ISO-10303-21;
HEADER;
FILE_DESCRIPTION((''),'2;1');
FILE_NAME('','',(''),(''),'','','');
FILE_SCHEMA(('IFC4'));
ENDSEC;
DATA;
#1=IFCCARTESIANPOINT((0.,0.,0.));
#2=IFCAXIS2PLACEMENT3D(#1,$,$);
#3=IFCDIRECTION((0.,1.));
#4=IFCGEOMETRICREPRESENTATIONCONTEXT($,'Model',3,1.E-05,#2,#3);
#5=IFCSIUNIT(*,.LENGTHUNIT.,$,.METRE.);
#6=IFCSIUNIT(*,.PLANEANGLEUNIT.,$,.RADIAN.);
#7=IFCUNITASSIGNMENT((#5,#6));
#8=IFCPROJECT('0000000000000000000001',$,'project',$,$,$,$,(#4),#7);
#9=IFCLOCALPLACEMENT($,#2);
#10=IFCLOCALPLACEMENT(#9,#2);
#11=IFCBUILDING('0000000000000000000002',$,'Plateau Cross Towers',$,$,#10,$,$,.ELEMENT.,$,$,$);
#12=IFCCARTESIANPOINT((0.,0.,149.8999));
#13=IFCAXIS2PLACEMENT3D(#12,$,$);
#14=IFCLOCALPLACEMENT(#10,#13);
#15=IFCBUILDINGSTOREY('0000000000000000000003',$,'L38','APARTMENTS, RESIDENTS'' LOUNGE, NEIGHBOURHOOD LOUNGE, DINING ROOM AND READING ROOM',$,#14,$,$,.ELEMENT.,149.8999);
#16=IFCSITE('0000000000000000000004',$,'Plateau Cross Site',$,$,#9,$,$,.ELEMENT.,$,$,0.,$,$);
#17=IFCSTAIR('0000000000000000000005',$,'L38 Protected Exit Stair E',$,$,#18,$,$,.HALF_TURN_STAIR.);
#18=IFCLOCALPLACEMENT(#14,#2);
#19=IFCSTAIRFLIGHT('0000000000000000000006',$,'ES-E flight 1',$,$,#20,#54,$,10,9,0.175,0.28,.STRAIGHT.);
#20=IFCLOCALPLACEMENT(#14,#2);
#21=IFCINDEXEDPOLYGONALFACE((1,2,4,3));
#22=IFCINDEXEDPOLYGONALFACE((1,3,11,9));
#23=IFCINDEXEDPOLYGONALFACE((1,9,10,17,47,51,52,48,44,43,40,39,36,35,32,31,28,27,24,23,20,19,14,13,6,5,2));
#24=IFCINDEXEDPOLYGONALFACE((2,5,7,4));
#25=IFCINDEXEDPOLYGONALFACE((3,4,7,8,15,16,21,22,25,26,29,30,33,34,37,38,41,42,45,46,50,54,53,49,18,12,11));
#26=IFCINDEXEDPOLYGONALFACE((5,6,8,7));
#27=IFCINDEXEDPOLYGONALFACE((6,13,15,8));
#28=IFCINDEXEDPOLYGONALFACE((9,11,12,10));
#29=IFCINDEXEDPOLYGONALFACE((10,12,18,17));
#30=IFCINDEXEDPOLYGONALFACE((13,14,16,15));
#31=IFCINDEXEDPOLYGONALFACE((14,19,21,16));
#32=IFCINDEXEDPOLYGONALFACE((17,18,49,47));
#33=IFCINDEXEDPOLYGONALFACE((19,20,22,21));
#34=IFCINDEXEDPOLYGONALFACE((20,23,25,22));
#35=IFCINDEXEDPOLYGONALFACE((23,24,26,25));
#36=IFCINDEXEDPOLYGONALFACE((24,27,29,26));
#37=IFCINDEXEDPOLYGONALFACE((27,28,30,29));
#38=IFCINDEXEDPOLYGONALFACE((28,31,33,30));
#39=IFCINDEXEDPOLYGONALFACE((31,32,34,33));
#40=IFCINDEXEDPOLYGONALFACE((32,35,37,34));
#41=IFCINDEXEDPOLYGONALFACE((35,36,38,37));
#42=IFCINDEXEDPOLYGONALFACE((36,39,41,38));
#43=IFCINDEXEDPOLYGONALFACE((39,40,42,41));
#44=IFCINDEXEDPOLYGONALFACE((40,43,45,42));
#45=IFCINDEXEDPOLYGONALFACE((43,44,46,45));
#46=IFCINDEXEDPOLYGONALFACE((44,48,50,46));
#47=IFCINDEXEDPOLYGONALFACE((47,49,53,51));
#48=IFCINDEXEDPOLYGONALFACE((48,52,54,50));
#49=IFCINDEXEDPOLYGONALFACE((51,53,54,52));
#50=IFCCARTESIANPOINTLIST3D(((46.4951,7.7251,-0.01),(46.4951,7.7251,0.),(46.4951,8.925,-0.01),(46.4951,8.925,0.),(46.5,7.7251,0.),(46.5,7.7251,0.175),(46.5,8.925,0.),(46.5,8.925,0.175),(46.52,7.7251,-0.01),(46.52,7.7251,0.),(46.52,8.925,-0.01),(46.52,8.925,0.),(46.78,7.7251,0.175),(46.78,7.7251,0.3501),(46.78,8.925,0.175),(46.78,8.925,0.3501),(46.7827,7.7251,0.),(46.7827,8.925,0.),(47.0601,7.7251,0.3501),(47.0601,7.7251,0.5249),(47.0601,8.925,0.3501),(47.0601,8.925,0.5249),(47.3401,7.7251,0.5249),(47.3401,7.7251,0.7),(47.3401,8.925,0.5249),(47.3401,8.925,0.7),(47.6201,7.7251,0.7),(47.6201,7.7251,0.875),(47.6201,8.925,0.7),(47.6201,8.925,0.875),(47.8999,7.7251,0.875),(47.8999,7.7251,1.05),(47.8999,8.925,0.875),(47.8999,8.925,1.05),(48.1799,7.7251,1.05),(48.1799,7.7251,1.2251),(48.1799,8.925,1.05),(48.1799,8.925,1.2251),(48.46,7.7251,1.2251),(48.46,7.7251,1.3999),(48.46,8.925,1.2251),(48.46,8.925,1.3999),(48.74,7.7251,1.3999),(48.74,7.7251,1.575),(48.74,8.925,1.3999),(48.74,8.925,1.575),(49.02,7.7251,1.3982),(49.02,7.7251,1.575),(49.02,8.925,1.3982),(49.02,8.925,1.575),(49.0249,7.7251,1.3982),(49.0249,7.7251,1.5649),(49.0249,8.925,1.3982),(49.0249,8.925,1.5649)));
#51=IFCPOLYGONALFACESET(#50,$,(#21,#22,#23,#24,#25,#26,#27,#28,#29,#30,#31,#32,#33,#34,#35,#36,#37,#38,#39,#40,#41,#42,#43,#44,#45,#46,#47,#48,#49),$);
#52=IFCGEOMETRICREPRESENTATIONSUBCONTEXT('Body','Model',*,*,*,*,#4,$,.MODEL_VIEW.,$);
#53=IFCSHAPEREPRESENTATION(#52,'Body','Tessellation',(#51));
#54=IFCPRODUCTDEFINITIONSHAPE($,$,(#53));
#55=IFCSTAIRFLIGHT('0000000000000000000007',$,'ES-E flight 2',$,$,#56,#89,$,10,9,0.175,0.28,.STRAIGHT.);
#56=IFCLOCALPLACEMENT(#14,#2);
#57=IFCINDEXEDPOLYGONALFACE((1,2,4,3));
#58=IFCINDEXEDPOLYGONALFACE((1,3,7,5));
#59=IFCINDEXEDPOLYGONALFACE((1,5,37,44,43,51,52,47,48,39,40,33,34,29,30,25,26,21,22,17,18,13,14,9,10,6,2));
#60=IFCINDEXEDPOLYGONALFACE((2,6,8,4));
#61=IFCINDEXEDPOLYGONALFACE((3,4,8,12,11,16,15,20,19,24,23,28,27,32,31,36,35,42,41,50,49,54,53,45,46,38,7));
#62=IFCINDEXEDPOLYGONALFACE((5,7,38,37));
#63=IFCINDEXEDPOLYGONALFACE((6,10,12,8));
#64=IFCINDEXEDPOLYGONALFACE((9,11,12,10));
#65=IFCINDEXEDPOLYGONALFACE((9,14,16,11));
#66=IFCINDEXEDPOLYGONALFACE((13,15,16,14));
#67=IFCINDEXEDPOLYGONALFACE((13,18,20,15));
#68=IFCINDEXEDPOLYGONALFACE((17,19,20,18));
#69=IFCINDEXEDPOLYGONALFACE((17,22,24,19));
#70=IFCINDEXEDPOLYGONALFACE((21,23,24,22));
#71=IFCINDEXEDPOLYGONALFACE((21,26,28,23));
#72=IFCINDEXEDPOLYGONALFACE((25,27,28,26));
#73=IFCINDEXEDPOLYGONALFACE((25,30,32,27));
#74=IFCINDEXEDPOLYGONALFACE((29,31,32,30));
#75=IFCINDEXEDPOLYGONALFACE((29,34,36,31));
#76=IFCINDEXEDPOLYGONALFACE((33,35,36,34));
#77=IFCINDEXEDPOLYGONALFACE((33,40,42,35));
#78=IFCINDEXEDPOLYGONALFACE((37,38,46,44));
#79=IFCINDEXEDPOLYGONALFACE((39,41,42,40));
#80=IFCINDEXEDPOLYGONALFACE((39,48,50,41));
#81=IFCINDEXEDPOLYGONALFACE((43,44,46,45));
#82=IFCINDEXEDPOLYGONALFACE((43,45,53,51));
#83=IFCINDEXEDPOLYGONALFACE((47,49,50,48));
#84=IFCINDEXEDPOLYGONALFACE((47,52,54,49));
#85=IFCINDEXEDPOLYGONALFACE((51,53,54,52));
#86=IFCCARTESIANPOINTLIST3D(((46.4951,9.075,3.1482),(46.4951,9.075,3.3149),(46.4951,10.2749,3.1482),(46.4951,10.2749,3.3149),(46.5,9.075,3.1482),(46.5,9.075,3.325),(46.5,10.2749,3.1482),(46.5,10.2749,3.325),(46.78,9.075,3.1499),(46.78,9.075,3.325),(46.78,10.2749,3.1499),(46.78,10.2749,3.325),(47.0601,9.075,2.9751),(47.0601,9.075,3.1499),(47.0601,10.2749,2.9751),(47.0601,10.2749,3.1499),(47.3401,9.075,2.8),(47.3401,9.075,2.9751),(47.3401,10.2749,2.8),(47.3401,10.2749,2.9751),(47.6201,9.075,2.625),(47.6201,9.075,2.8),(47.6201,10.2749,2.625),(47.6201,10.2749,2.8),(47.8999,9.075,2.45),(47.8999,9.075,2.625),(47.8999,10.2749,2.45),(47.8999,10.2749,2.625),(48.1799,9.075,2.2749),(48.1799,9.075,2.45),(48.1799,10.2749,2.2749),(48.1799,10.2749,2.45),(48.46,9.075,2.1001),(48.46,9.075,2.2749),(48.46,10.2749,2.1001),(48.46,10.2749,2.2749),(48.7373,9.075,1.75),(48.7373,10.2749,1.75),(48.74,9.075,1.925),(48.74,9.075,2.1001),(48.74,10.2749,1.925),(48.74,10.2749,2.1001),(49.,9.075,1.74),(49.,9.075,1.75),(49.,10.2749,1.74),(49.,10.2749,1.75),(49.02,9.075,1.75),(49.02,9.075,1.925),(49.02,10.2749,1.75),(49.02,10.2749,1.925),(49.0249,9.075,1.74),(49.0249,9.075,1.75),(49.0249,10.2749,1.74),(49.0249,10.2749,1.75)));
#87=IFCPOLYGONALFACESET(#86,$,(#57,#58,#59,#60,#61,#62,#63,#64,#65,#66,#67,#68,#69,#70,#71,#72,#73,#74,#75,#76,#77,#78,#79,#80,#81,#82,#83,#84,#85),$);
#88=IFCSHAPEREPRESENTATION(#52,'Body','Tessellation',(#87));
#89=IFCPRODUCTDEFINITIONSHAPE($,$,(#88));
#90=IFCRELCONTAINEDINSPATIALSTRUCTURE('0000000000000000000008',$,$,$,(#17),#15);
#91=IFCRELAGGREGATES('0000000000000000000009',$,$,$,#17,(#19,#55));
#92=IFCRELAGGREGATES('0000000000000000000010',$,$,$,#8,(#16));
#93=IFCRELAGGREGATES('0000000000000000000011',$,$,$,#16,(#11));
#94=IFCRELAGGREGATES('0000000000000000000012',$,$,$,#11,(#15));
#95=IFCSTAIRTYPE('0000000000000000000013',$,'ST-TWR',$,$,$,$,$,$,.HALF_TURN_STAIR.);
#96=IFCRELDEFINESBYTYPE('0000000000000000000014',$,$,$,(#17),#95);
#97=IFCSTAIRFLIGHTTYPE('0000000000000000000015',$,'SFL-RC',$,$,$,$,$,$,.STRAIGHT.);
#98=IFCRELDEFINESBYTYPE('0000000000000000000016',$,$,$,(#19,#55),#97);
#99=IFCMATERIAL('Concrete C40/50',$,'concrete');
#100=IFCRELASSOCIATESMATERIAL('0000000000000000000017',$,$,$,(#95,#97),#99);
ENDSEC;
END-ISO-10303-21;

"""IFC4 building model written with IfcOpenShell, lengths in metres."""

from ifc_helpers import new_model, si_unit, direction, frame, origin, place, context, subcontext, project, spatial, polyline, outline, extrude, material, type_object, element, aggregate, save


model = new_model("IFC4")

# Units and contexts
model_context = context("Model", 3, precision=1e-05, world=origin(), true_north=direction((0.0, 1.0)))
body_context = subcontext(model_context, "Body", "Model", "MODEL_VIEW")
ifc_project = project(units=[si_unit("LENGTHUNIT", "METRE"), si_unit("PLANEANGLEUNIT", "RADIAN")], contexts=[model_context])

# Site, building, storey
site_placement = place(None, origin())
site = spatial("IfcSite", under=ifc_project, at=site_placement, Name="Plateau Cross Site", CompositionType="ELEMENT", RefElevation=0.0)
building_placement = place(site_placement, origin())
building = spatial("IfcBuilding", under=site, at=building_placement, Name="Plateau Cross Towers", CompositionType="ELEMENT")
storey_placement = place(building_placement, frame((0.0, 0.0, 149.8999)))
storey = spatial("IfcBuildingStorey", under=building, at=storey_placement, Name="L38", Description="APARTMENTS, RESIDENTS' LOUNGE, NEIGHBOURHOOD LOUNGE, DINING ROOM AND READING ROOM", CompositionType="ELEMENT", Elevation=149.8999)

# Stair, stair flights
ifc_material_1 = material(Name="Concrete C40/50", Category="concrete")
stair_type = type_object("IfcStairType", Name="ST-TWR", PredefinedType="HALF_TURN_STAIR", material=ifc_material_1)
stair_placement = place(storey_placement, origin())
stair = element("IfcStair", 1, at=stair_placement, inside=storey, type_object=stair_type, Name="L38 Protected Exit Stair E", PredefinedType="HALF_TURN_STAIR")
stair_flight_type = type_object("IfcStairFlightType", Name="SFL-RC", PredefinedType="STRAIGHT", material=ifc_material_1)
stair_flight_1_placement = place(storey_placement, frame((46.5, 8.325, 0.0), z_axis=(0.0, 0.0, 1.0), x_axis=(1.0, 0.0, 0.0)))
stair_flight_1 = element("IfcStairFlight", 2, at=stair_flight_1_placement, type_object=stair_flight_type, Name="ES-E flight 1", NumberOfRisers=10, NumberOfTreads=9, PredefinedType="STRAIGHT", RiserHeight=0.175, TreadLength=0.28, context=body_context, shape_type="SweptSolid", body=[
    extrude(outline(polyline([(-0.0049, -0.01), (-0.0049, 0.0), (0.0, 0.0), (0.0, 0.175), (0.28, 0.175), (0.28, 0.3501), (0.5601, 0.3501), (0.5601, 0.5249), (0.8401, 0.5249), (0.8401, 0.7), (1.1201, 0.7), (1.1201, 0.875), (1.3999, 0.875), (1.3999, 1.05), (1.6799, 1.05), (1.6799, 1.2251), (1.96, 1.2251), (1.96, 1.3999), (2.24, 1.3999), (2.24, 1.575), (2.52, 1.575), (2.5249, 1.5649), (2.5249, 1.3982), (2.52, 1.3982), (0.2827, 0.0), (0.02, 0.0), (0.02, -0.01), (-0.0049, -0.01)])), frame((0.0, 0.6001, 0.0), z_axis=(0.0, -1.0, 0.0), x_axis=(1.0, 0.0, 0.0)), (0.0, 0.0, 1.0), 1.2),
])
stair_flight_2_placement = place(storey_placement, frame((49.02, 9.675, 1.75), z_axis=(0.0, 0.0, 1.0), x_axis=(-1.0, 0.0, 0.0)))
stair_flight_2 = element("IfcStairFlight", 3, at=stair_flight_2_placement, type_object=stair_flight_type, Name="ES-E flight 2", NumberOfRisers=10, NumberOfTreads=9, PredefinedType="STRAIGHT", RiserHeight=0.175, TreadLength=0.28, context=body_context, shape_type="SweptSolid", body=[
    extrude(outline(polyline([(-0.0049, -0.01), (-0.0049, 0.0), (0.0, 0.0), (0.0, 0.175), (0.28, 0.175), (0.28, 0.3501), (0.5601, 0.3501), (0.5601, 0.5249), (0.8401, 0.5249), (0.8401, 0.7), (1.1201, 0.7), (1.1201, 0.875), (1.3999, 0.875), (1.3999, 1.05), (1.6799, 1.05), (1.6799, 1.2251), (1.96, 1.2251), (1.96, 1.3999), (2.24, 1.3999), (2.24, 1.575), (2.52, 1.575), (2.5249, 1.5649), (2.5249, 1.3982), (2.52, 1.3982), (0.2827, 0.0), (0.02, 0.0), (0.02, -0.01), (-0.0049, -0.01)])), frame((0.0, 0.6001, 0.0), z_axis=(0.0, -1.0, 0.0), x_axis=(1.0, 0.0, 0.0)), (0.0, 0.0, 1.0), 1.2),
])
aggregate(stair, [stair_flight_1, stair_flight_2])

save(model, "model.ifc")
